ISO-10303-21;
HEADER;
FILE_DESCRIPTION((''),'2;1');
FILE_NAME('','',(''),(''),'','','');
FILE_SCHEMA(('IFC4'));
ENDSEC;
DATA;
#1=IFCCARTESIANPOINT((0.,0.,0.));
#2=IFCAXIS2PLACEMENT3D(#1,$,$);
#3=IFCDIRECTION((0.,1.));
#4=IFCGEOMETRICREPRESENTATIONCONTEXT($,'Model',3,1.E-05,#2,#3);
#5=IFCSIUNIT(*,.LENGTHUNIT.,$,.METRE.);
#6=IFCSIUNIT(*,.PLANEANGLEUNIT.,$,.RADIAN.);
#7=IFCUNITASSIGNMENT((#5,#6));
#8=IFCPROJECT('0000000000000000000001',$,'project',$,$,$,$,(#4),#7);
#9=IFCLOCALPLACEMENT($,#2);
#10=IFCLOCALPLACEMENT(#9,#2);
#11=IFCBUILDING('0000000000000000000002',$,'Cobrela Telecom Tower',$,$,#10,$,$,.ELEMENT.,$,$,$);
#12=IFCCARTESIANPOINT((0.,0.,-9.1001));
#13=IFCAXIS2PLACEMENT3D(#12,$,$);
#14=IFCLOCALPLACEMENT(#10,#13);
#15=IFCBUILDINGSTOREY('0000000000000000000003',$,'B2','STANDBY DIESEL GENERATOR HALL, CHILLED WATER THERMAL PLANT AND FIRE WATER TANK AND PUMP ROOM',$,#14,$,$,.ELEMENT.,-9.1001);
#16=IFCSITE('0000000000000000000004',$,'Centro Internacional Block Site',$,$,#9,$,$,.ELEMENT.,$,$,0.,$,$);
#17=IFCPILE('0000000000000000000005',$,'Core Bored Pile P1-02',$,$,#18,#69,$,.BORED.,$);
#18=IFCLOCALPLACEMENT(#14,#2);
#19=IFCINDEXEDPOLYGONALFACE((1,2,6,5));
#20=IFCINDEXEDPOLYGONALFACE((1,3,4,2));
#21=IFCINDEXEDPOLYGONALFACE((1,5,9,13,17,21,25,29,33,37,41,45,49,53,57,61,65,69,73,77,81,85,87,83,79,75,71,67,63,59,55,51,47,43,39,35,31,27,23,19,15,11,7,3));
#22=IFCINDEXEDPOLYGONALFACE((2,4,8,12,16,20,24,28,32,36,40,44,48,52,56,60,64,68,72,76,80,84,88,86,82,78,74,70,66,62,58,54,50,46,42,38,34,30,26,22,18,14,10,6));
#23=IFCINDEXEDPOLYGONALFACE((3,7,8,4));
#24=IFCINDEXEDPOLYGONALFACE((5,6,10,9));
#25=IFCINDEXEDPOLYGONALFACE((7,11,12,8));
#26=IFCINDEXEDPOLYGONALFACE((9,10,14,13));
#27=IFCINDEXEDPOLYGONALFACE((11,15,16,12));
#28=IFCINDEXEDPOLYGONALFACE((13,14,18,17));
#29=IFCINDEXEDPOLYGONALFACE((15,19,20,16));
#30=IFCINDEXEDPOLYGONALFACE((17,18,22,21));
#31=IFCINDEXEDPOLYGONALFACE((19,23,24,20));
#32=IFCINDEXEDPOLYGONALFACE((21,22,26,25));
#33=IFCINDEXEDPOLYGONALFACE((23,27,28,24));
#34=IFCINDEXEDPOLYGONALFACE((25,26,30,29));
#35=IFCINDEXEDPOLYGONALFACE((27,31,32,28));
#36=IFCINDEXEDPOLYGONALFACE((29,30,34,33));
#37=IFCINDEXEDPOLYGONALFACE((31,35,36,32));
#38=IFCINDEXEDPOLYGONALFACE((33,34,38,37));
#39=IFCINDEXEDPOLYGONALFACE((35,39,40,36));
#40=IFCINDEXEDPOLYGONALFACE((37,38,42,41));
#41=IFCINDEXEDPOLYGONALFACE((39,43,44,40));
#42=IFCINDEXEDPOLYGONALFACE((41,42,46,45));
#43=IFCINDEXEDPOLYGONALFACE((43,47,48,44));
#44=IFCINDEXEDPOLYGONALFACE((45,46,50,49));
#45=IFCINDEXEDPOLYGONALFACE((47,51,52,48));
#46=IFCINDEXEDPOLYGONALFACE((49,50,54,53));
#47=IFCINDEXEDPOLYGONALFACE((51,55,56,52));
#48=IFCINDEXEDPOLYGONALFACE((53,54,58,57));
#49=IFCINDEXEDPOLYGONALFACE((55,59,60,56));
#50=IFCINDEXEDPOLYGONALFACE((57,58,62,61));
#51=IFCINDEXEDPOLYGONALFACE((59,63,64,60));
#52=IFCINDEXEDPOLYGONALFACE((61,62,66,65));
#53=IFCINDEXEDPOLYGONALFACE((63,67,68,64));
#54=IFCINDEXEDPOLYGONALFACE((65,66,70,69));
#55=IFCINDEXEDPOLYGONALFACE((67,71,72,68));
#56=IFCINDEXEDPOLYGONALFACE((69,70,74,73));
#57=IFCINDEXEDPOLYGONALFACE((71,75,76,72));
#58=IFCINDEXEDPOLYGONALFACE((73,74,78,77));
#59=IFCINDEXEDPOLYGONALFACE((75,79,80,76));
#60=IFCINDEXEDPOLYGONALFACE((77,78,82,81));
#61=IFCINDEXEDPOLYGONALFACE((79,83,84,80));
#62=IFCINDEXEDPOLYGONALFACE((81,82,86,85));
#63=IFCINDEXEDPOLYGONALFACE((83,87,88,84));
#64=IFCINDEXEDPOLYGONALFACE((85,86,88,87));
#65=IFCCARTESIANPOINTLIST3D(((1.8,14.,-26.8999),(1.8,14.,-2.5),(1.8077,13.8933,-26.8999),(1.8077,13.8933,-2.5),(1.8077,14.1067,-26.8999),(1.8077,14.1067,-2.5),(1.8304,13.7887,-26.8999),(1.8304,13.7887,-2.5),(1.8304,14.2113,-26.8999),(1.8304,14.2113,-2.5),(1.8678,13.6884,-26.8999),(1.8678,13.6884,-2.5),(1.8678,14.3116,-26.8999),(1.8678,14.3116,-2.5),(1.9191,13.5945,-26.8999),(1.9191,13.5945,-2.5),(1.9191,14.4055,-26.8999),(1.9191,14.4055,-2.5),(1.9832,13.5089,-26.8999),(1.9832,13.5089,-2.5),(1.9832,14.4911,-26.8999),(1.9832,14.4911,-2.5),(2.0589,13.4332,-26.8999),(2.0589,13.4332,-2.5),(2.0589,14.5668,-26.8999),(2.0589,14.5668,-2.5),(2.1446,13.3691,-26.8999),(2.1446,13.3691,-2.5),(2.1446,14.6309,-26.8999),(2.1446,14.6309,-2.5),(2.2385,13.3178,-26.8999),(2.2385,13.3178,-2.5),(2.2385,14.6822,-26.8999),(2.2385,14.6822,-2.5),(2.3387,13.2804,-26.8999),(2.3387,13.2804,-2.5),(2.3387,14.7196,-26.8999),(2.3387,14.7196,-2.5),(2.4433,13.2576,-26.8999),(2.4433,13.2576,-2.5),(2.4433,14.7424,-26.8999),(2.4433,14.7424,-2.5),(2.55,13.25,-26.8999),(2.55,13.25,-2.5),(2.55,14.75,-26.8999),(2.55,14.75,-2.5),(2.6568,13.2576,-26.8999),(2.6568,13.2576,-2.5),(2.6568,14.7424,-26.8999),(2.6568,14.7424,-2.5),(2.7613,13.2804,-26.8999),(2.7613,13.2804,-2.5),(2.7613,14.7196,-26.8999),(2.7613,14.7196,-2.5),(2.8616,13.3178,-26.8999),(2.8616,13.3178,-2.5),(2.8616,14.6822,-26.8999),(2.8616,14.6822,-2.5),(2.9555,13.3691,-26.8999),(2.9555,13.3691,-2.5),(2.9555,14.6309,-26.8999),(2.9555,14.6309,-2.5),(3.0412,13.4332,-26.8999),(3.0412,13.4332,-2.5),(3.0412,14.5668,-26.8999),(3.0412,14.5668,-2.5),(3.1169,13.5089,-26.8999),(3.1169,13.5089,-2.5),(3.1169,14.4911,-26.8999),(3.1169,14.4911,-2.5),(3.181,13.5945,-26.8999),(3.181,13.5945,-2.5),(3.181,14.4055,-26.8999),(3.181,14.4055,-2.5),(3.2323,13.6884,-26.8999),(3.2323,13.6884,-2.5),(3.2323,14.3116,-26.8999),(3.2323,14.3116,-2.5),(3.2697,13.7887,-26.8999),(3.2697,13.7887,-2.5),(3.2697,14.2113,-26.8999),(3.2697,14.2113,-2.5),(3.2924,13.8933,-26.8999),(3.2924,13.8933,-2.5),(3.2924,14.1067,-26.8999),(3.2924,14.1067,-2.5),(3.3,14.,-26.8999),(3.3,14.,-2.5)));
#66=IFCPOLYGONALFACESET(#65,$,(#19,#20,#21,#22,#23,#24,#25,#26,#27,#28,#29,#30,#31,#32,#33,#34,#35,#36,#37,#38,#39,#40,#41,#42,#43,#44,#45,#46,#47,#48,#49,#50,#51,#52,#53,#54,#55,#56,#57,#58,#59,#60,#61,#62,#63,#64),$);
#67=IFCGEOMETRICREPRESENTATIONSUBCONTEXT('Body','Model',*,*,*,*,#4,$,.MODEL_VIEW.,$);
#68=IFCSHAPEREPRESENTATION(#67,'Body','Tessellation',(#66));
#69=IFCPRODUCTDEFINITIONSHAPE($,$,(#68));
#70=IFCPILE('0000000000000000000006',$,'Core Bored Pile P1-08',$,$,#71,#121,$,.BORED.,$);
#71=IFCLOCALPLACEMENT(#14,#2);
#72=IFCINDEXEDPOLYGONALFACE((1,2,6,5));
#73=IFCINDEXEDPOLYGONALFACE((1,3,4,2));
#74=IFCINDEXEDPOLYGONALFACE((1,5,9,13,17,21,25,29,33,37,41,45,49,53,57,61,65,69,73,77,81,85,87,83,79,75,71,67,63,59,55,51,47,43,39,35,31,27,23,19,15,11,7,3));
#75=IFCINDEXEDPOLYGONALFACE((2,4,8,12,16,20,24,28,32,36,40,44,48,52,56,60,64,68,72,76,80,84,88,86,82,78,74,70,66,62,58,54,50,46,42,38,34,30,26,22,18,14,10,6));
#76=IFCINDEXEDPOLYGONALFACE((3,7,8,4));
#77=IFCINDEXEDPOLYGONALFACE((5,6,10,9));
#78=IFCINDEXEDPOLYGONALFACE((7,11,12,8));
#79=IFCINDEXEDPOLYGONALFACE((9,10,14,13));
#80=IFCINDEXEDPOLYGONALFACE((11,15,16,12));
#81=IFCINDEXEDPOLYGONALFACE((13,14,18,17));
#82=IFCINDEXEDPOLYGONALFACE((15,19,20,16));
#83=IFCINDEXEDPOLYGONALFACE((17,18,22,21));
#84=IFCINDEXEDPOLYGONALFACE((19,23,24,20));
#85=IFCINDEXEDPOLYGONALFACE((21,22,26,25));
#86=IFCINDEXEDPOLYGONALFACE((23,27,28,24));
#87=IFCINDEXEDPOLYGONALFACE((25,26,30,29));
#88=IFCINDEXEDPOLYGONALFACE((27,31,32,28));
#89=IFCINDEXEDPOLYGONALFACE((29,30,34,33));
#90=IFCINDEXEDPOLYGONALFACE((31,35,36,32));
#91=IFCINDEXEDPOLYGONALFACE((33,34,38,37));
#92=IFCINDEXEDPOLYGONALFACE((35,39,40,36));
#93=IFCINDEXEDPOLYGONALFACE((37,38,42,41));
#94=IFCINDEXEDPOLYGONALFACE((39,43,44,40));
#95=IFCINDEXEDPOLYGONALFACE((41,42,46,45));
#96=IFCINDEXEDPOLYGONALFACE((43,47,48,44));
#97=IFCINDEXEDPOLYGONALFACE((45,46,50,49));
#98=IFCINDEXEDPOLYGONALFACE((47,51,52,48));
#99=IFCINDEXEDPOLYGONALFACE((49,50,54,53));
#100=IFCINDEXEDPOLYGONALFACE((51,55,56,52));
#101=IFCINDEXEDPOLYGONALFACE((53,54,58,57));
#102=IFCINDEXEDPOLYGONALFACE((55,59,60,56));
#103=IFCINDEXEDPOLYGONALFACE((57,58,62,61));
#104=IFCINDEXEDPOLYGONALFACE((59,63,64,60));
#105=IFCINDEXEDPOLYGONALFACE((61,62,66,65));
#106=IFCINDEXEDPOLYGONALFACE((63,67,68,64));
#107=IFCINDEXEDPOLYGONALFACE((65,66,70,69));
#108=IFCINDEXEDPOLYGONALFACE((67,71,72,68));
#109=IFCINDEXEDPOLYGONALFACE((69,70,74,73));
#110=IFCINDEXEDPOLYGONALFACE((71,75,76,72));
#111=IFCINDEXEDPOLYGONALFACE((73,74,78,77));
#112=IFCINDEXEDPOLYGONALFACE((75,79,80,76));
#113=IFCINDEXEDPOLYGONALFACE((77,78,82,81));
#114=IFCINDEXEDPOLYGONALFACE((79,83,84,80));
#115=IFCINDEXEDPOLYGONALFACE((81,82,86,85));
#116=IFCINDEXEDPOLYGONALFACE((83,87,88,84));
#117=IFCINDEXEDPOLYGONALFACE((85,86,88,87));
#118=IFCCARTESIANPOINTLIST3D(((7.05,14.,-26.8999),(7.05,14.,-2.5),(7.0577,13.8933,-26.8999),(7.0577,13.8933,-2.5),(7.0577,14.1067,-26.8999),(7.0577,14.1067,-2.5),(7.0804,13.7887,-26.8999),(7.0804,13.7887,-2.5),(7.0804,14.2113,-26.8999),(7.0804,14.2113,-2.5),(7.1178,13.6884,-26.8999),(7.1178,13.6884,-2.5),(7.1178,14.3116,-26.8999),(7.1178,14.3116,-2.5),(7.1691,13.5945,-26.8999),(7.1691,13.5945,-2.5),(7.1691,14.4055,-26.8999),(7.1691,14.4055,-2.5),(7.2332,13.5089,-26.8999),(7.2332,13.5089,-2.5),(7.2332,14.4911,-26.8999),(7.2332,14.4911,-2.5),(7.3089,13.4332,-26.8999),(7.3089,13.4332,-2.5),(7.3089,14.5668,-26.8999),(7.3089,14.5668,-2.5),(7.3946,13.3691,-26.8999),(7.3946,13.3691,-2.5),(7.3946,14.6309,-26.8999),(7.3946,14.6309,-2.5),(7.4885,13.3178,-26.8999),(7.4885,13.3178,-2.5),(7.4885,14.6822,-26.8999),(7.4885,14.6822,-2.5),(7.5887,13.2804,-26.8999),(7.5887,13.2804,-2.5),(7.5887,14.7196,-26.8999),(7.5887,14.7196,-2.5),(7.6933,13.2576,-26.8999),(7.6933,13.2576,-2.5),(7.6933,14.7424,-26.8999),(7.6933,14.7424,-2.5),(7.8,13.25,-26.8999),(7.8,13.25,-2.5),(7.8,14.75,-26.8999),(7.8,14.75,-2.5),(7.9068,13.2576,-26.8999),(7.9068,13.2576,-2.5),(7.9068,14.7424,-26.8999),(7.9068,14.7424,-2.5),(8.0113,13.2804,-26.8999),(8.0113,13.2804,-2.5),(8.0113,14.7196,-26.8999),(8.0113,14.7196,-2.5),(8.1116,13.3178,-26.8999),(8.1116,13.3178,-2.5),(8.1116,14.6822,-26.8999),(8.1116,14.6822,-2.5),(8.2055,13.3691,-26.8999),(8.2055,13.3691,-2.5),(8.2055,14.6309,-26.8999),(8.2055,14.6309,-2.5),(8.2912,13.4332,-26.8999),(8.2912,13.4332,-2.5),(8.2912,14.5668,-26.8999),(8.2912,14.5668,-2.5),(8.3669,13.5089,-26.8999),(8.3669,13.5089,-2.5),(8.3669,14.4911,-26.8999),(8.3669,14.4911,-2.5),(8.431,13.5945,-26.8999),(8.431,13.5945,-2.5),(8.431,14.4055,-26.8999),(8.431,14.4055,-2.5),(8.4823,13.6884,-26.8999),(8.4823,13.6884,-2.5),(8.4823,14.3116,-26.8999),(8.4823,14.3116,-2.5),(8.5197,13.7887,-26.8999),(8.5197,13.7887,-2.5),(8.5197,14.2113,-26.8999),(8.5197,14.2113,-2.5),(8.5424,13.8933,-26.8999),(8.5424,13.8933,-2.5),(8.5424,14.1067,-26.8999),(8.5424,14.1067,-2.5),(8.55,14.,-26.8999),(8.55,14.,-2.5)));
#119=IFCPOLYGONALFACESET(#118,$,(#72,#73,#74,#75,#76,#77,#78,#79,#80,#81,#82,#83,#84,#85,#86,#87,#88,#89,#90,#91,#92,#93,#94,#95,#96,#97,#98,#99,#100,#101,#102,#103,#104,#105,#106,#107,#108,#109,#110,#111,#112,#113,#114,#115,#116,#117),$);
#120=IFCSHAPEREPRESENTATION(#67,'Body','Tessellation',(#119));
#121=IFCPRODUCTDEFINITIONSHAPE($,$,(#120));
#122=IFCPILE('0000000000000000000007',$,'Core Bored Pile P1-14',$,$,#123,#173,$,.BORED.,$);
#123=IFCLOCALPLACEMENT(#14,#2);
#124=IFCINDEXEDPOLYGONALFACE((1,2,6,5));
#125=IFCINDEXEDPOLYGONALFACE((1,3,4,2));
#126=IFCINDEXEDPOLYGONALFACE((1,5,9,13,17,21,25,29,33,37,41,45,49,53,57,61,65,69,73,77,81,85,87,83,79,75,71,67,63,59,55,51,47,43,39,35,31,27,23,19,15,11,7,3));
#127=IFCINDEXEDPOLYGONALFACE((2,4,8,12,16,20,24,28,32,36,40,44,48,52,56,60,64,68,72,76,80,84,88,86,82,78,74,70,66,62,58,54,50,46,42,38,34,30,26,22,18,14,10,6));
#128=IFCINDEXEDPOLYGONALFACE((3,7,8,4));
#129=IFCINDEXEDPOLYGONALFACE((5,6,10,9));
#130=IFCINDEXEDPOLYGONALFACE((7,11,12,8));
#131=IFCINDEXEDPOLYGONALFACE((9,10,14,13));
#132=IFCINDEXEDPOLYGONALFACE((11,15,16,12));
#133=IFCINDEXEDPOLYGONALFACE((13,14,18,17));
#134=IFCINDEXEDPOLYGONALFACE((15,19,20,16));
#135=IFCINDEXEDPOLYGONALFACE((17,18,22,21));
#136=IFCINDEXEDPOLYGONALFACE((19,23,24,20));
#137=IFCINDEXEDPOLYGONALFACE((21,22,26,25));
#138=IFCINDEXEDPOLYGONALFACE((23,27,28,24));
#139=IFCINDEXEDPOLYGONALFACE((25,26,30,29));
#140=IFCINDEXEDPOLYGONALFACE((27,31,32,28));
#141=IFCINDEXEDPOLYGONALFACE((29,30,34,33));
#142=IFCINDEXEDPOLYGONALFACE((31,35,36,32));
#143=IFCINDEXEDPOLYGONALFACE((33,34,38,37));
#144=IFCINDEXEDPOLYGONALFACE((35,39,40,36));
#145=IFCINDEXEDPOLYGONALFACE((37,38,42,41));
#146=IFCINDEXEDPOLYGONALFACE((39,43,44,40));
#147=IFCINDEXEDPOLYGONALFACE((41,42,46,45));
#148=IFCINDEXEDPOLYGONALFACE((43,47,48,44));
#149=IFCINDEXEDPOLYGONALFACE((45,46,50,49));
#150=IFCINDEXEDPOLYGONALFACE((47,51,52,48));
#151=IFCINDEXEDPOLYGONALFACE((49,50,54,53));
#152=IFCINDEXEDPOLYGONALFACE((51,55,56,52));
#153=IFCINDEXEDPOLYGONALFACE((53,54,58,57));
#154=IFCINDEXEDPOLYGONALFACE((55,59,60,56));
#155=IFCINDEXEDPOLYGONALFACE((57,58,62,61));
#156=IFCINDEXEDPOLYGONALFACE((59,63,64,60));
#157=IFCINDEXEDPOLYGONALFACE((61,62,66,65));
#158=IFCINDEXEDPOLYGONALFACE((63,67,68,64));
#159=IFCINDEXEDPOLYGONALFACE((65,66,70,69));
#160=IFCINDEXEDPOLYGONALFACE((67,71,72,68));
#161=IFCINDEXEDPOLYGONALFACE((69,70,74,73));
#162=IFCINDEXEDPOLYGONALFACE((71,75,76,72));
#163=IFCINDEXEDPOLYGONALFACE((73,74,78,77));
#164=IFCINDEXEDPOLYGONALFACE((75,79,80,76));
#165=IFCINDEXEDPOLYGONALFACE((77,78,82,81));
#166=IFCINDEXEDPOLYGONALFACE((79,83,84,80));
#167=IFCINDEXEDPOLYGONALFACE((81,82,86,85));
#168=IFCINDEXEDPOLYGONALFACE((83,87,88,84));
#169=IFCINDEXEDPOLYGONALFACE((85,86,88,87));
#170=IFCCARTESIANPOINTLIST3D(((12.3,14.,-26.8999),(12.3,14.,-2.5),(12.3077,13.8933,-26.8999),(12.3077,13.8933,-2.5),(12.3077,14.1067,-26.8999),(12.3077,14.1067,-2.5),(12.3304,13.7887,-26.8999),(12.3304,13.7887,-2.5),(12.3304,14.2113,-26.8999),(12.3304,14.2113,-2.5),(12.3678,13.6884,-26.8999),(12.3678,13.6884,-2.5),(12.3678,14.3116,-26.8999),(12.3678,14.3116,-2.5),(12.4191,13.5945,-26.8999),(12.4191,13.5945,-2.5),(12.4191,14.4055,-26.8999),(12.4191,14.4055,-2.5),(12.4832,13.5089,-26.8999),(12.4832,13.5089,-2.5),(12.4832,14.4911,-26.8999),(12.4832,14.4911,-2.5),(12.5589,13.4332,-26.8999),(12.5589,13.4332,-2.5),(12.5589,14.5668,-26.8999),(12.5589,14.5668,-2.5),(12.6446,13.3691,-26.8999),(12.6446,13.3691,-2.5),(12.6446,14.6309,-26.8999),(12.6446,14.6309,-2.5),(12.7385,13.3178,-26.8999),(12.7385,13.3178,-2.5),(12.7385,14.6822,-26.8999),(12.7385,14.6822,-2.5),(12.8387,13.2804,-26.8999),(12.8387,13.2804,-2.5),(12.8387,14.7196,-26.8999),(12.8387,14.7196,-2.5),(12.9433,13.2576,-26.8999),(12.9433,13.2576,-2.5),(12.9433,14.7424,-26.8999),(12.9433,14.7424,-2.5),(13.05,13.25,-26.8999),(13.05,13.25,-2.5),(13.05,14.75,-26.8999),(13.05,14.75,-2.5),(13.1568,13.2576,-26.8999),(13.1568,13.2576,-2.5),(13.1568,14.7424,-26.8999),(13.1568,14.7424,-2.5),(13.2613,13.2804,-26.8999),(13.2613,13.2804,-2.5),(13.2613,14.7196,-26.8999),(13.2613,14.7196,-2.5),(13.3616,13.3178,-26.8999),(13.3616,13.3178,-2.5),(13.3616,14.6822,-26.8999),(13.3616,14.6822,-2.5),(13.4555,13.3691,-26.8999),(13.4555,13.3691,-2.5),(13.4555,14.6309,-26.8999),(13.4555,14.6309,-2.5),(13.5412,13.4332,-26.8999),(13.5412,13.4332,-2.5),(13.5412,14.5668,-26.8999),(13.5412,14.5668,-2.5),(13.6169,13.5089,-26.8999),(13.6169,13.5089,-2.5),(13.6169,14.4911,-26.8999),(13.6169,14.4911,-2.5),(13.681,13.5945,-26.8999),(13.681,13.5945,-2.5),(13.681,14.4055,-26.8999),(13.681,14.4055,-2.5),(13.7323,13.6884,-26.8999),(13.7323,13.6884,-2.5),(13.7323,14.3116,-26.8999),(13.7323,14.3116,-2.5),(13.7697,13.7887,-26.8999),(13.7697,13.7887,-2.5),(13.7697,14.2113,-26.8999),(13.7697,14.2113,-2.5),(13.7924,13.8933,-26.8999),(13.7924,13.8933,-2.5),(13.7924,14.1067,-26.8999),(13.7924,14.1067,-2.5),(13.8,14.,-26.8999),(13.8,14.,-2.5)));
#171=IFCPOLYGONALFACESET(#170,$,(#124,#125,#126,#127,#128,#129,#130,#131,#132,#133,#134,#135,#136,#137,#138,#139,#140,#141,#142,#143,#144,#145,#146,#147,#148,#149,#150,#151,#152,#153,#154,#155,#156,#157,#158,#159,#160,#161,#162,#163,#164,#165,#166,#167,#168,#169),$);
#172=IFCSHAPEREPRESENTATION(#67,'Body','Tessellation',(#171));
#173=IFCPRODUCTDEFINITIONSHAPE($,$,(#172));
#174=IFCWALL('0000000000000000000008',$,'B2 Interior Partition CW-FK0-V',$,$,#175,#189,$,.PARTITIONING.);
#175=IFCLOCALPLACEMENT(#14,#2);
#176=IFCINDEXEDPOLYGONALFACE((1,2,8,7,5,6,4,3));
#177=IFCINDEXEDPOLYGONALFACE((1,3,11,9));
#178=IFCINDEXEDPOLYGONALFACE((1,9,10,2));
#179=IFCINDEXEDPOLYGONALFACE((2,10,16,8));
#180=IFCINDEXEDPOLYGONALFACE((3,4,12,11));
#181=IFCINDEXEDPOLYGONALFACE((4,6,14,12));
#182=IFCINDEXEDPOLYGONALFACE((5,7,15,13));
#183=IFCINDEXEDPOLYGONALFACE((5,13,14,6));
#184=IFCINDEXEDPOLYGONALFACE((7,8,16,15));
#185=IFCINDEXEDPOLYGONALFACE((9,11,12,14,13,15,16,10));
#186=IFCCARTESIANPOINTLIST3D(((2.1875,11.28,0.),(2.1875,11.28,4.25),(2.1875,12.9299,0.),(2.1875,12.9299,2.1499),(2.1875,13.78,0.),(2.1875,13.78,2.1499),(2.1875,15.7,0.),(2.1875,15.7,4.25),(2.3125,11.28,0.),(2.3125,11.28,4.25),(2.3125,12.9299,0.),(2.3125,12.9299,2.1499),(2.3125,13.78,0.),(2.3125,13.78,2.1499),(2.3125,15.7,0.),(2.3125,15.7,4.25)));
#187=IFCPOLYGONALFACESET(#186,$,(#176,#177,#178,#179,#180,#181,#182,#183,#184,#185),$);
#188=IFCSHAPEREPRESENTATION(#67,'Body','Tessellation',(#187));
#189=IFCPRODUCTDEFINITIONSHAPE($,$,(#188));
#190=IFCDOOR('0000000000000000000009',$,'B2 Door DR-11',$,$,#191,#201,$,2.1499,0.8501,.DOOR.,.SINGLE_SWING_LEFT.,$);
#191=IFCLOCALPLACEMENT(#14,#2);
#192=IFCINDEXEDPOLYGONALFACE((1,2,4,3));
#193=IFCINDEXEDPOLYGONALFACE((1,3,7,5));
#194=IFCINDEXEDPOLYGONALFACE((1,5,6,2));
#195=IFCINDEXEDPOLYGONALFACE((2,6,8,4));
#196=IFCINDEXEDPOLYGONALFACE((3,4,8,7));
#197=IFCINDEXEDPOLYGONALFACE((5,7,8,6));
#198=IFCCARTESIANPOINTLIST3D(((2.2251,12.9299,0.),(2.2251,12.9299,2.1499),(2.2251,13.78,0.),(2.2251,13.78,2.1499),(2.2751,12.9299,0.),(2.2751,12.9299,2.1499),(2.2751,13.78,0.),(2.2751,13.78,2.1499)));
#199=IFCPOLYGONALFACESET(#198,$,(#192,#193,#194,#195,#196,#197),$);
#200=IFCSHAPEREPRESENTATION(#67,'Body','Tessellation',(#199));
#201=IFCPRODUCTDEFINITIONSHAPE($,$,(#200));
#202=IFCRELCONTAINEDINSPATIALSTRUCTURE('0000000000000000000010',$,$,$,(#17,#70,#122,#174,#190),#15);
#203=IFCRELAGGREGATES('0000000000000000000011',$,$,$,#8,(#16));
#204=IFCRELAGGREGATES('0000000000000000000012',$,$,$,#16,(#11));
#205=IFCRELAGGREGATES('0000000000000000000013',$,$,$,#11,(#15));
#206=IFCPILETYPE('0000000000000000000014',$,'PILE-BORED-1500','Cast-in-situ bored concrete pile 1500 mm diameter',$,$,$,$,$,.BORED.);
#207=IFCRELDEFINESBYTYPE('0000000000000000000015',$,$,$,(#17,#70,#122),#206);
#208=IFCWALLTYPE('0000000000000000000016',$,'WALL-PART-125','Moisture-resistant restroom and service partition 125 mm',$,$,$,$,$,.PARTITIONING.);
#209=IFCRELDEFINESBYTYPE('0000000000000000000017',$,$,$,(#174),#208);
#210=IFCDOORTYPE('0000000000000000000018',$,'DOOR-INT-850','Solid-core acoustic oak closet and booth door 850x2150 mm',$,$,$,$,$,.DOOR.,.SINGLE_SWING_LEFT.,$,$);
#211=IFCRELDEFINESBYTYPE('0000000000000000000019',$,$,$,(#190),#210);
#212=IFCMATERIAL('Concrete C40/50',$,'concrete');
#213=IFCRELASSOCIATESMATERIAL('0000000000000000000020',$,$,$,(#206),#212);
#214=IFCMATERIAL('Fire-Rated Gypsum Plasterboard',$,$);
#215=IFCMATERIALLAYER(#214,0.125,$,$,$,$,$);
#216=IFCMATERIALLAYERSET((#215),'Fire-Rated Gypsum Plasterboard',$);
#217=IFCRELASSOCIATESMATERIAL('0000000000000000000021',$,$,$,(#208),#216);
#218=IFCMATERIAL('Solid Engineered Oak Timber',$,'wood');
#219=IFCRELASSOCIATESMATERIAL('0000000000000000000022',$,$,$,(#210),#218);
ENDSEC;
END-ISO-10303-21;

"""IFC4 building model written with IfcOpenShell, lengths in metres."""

from ifc_helpers import new_model, si_unit, direction, frame, frame_2d, origin, origin_2d, place, context, subcontext, project, spatial, rectangle, circle, extrude, material, layer, layer_set, material_profile, profile_set, type_object, element, fill, save


model = new_model("IFC4")

# Units and contexts
model_context = context("Model", 3, precision=1e-05, world=origin(), true_north=direction((0.0, 1.0)))
body_context = subcontext(model_context, "Body", "Model", "MODEL_VIEW")
ifc_project = project(units=[si_unit("LENGTHUNIT", "METRE"), si_unit("PLANEANGLEUNIT", "RADIAN")], contexts=[model_context])

# Site, building, storey
site_placement = place(None, origin())
site = spatial("IfcSite", under=ifc_project, at=site_placement, Name="Centro Internacional Block Site", CompositionType="ELEMENT", RefElevation=0.0)
building_placement = place(site_placement, origin())
building = spatial("IfcBuilding", under=site, at=building_placement, Name="Cobrela Telecom Tower", CompositionType="ELEMENT")
storey_placement = place(building_placement, frame((0.0, 0.0, -9.1001)))
storey = spatial("IfcBuildingStorey", under=building, at=storey_placement, Name="B2", Description="STANDBY DIESEL GENERATOR HALL, CHILLED WATER THERMAL PLANT AND FIRE WATER TANK AND PUMP ROOM", CompositionType="ELEMENT", Elevation=-9.1001)

# Piles
ifc_material_1 = material(Name="Concrete C40/50", Category="concrete")
ifc_material_profile = material_profile(ifc_material_1, circle(Radius=0.75, at=origin_2d()), Name="BORED PILE D1500")
ifc_profile_set = profile_set([ifc_material_profile], Name="Concrete C40/50")
pile_type = type_object("IfcPileType", Name="PILE-BORED-1500", Description="Cast-in-situ bored concrete pile 1500 mm diameter", PredefinedType="BORED", material=ifc_profile_set)
for number, where, z_axis, x_axis, name in (
    (1, (2.55, 14.0, -2.5), (0.0, 0.0, -1.0), (1.0, 0.0, 0.0), "Core Bored Pile P1-02"),
    (2, (7.8, 14.0, -2.5), (0.0, 0.0, -1.0), (1.0, 0.0, 0.0), "Core Bored Pile P1-08"),
    (3, (13.05, 14.0, -2.5), (0.0, 0.0, -1.0), (1.0, 0.0, 0.0), "Core Bored Pile P1-14"),
):
    element("IfcPile", number, at=place(storey_placement, frame(where, z_axis=z_axis, x_axis=x_axis)), inside=storey, type_object=pile_type, Name=name, PredefinedType="BORED", context=body_context, shape_type="SweptSolid", body=[
        extrude(circle(Radius=0.75, at=origin_2d()), origin(), (0.0, 0.0, 1.0), 24.3999),
    ])

# Wall, opening, door
ifc_material_2 = material(Name="Fire-Rated Gypsum Plasterboard")
ifc_layer_1 = layer(ifc_material_2, 0.125)
ifc_layer_set_1 = layer_set([ifc_layer_1], Name="Fire-Rated Gypsum Plasterboard")
wall_type_1 = type_object("IfcWallType", Name="WALL-PART-125", Description="Moisture-resistant restroom and service partition 125 mm", PredefinedType="PARTITIONING", material=ifc_layer_set_1)
wall_1_placement = place(storey_placement, frame((2.25, 11.28, 0.0), z_axis=(0.0, 0.0, 1.0), x_axis=(0.0, 1.0, 0.0)))
wall_1 = element("IfcWall", 4, at=wall_1_placement, inside=storey, type_object=wall_type_1, Name="B2 Interior Partition CW-FK0-V", PredefinedType="PARTITIONING", context=body_context, shape_type="SweptSolid", body=[
    extrude(rectangle(XDim=4.4199, YDim=0.125, at=frame_2d((2.21, 0.0))), origin(), (0.0, 0.0, 1.0), 4.25),
])
opening_1_placement = place(wall_1_placement, frame((1.6499, 0.0, 0.0)))
opening_1 = element("IfcOpeningElement", 5, at=opening_1_placement, cuts=wall_1, PredefinedType="OPENING", context=body_context, shape_type="SweptSolid", body=[
    extrude(rectangle(XDim=0.8501, YDim=2.1499, at=frame_2d((0.425, 1.075))), frame((0.0, 0.0745, 0.0), z_axis=(0.0, -1.0, 0.0), x_axis=(1.0, 0.0, 0.0)), (0.0, 0.0, 1.0), 0.1489),
])
ifc_material_3 = material(Name="Solid Engineered Oak Timber", Category="wood")
door_type_1 = type_object("IfcDoorType", Name="DOOR-INT-850", Description="Solid-core acoustic oak closet and booth door 850x2150 mm", OperationType="SINGLE_SWING_LEFT", PredefinedType="DOOR", material=ifc_material_3)
door_1_placement = place(opening_1_placement, origin())
door_1 = element("IfcDoor", 6, at=door_1_placement, inside=storey, type_object=door_type_1, Name="B2 Door DR-11", OperationType="SINGLE_SWING_LEFT", OverallHeight=2.1499, OverallWidth=0.8501, PredefinedType="DOOR", context=body_context, shape_type="SweptSolid", body=[
    extrude(rectangle(XDim=0.8501, YDim=2.1499, at=frame_2d((0.425, 1.075))), frame((0.0, 0.0249, 0.0), z_axis=(0.0, -1.0, 0.0), x_axis=(1.0, 0.0, 0.0)), (0.0, 0.0, 1.0), 0.05),
])
fill(opening_1, door_1)

save(model, "model.ifc")
